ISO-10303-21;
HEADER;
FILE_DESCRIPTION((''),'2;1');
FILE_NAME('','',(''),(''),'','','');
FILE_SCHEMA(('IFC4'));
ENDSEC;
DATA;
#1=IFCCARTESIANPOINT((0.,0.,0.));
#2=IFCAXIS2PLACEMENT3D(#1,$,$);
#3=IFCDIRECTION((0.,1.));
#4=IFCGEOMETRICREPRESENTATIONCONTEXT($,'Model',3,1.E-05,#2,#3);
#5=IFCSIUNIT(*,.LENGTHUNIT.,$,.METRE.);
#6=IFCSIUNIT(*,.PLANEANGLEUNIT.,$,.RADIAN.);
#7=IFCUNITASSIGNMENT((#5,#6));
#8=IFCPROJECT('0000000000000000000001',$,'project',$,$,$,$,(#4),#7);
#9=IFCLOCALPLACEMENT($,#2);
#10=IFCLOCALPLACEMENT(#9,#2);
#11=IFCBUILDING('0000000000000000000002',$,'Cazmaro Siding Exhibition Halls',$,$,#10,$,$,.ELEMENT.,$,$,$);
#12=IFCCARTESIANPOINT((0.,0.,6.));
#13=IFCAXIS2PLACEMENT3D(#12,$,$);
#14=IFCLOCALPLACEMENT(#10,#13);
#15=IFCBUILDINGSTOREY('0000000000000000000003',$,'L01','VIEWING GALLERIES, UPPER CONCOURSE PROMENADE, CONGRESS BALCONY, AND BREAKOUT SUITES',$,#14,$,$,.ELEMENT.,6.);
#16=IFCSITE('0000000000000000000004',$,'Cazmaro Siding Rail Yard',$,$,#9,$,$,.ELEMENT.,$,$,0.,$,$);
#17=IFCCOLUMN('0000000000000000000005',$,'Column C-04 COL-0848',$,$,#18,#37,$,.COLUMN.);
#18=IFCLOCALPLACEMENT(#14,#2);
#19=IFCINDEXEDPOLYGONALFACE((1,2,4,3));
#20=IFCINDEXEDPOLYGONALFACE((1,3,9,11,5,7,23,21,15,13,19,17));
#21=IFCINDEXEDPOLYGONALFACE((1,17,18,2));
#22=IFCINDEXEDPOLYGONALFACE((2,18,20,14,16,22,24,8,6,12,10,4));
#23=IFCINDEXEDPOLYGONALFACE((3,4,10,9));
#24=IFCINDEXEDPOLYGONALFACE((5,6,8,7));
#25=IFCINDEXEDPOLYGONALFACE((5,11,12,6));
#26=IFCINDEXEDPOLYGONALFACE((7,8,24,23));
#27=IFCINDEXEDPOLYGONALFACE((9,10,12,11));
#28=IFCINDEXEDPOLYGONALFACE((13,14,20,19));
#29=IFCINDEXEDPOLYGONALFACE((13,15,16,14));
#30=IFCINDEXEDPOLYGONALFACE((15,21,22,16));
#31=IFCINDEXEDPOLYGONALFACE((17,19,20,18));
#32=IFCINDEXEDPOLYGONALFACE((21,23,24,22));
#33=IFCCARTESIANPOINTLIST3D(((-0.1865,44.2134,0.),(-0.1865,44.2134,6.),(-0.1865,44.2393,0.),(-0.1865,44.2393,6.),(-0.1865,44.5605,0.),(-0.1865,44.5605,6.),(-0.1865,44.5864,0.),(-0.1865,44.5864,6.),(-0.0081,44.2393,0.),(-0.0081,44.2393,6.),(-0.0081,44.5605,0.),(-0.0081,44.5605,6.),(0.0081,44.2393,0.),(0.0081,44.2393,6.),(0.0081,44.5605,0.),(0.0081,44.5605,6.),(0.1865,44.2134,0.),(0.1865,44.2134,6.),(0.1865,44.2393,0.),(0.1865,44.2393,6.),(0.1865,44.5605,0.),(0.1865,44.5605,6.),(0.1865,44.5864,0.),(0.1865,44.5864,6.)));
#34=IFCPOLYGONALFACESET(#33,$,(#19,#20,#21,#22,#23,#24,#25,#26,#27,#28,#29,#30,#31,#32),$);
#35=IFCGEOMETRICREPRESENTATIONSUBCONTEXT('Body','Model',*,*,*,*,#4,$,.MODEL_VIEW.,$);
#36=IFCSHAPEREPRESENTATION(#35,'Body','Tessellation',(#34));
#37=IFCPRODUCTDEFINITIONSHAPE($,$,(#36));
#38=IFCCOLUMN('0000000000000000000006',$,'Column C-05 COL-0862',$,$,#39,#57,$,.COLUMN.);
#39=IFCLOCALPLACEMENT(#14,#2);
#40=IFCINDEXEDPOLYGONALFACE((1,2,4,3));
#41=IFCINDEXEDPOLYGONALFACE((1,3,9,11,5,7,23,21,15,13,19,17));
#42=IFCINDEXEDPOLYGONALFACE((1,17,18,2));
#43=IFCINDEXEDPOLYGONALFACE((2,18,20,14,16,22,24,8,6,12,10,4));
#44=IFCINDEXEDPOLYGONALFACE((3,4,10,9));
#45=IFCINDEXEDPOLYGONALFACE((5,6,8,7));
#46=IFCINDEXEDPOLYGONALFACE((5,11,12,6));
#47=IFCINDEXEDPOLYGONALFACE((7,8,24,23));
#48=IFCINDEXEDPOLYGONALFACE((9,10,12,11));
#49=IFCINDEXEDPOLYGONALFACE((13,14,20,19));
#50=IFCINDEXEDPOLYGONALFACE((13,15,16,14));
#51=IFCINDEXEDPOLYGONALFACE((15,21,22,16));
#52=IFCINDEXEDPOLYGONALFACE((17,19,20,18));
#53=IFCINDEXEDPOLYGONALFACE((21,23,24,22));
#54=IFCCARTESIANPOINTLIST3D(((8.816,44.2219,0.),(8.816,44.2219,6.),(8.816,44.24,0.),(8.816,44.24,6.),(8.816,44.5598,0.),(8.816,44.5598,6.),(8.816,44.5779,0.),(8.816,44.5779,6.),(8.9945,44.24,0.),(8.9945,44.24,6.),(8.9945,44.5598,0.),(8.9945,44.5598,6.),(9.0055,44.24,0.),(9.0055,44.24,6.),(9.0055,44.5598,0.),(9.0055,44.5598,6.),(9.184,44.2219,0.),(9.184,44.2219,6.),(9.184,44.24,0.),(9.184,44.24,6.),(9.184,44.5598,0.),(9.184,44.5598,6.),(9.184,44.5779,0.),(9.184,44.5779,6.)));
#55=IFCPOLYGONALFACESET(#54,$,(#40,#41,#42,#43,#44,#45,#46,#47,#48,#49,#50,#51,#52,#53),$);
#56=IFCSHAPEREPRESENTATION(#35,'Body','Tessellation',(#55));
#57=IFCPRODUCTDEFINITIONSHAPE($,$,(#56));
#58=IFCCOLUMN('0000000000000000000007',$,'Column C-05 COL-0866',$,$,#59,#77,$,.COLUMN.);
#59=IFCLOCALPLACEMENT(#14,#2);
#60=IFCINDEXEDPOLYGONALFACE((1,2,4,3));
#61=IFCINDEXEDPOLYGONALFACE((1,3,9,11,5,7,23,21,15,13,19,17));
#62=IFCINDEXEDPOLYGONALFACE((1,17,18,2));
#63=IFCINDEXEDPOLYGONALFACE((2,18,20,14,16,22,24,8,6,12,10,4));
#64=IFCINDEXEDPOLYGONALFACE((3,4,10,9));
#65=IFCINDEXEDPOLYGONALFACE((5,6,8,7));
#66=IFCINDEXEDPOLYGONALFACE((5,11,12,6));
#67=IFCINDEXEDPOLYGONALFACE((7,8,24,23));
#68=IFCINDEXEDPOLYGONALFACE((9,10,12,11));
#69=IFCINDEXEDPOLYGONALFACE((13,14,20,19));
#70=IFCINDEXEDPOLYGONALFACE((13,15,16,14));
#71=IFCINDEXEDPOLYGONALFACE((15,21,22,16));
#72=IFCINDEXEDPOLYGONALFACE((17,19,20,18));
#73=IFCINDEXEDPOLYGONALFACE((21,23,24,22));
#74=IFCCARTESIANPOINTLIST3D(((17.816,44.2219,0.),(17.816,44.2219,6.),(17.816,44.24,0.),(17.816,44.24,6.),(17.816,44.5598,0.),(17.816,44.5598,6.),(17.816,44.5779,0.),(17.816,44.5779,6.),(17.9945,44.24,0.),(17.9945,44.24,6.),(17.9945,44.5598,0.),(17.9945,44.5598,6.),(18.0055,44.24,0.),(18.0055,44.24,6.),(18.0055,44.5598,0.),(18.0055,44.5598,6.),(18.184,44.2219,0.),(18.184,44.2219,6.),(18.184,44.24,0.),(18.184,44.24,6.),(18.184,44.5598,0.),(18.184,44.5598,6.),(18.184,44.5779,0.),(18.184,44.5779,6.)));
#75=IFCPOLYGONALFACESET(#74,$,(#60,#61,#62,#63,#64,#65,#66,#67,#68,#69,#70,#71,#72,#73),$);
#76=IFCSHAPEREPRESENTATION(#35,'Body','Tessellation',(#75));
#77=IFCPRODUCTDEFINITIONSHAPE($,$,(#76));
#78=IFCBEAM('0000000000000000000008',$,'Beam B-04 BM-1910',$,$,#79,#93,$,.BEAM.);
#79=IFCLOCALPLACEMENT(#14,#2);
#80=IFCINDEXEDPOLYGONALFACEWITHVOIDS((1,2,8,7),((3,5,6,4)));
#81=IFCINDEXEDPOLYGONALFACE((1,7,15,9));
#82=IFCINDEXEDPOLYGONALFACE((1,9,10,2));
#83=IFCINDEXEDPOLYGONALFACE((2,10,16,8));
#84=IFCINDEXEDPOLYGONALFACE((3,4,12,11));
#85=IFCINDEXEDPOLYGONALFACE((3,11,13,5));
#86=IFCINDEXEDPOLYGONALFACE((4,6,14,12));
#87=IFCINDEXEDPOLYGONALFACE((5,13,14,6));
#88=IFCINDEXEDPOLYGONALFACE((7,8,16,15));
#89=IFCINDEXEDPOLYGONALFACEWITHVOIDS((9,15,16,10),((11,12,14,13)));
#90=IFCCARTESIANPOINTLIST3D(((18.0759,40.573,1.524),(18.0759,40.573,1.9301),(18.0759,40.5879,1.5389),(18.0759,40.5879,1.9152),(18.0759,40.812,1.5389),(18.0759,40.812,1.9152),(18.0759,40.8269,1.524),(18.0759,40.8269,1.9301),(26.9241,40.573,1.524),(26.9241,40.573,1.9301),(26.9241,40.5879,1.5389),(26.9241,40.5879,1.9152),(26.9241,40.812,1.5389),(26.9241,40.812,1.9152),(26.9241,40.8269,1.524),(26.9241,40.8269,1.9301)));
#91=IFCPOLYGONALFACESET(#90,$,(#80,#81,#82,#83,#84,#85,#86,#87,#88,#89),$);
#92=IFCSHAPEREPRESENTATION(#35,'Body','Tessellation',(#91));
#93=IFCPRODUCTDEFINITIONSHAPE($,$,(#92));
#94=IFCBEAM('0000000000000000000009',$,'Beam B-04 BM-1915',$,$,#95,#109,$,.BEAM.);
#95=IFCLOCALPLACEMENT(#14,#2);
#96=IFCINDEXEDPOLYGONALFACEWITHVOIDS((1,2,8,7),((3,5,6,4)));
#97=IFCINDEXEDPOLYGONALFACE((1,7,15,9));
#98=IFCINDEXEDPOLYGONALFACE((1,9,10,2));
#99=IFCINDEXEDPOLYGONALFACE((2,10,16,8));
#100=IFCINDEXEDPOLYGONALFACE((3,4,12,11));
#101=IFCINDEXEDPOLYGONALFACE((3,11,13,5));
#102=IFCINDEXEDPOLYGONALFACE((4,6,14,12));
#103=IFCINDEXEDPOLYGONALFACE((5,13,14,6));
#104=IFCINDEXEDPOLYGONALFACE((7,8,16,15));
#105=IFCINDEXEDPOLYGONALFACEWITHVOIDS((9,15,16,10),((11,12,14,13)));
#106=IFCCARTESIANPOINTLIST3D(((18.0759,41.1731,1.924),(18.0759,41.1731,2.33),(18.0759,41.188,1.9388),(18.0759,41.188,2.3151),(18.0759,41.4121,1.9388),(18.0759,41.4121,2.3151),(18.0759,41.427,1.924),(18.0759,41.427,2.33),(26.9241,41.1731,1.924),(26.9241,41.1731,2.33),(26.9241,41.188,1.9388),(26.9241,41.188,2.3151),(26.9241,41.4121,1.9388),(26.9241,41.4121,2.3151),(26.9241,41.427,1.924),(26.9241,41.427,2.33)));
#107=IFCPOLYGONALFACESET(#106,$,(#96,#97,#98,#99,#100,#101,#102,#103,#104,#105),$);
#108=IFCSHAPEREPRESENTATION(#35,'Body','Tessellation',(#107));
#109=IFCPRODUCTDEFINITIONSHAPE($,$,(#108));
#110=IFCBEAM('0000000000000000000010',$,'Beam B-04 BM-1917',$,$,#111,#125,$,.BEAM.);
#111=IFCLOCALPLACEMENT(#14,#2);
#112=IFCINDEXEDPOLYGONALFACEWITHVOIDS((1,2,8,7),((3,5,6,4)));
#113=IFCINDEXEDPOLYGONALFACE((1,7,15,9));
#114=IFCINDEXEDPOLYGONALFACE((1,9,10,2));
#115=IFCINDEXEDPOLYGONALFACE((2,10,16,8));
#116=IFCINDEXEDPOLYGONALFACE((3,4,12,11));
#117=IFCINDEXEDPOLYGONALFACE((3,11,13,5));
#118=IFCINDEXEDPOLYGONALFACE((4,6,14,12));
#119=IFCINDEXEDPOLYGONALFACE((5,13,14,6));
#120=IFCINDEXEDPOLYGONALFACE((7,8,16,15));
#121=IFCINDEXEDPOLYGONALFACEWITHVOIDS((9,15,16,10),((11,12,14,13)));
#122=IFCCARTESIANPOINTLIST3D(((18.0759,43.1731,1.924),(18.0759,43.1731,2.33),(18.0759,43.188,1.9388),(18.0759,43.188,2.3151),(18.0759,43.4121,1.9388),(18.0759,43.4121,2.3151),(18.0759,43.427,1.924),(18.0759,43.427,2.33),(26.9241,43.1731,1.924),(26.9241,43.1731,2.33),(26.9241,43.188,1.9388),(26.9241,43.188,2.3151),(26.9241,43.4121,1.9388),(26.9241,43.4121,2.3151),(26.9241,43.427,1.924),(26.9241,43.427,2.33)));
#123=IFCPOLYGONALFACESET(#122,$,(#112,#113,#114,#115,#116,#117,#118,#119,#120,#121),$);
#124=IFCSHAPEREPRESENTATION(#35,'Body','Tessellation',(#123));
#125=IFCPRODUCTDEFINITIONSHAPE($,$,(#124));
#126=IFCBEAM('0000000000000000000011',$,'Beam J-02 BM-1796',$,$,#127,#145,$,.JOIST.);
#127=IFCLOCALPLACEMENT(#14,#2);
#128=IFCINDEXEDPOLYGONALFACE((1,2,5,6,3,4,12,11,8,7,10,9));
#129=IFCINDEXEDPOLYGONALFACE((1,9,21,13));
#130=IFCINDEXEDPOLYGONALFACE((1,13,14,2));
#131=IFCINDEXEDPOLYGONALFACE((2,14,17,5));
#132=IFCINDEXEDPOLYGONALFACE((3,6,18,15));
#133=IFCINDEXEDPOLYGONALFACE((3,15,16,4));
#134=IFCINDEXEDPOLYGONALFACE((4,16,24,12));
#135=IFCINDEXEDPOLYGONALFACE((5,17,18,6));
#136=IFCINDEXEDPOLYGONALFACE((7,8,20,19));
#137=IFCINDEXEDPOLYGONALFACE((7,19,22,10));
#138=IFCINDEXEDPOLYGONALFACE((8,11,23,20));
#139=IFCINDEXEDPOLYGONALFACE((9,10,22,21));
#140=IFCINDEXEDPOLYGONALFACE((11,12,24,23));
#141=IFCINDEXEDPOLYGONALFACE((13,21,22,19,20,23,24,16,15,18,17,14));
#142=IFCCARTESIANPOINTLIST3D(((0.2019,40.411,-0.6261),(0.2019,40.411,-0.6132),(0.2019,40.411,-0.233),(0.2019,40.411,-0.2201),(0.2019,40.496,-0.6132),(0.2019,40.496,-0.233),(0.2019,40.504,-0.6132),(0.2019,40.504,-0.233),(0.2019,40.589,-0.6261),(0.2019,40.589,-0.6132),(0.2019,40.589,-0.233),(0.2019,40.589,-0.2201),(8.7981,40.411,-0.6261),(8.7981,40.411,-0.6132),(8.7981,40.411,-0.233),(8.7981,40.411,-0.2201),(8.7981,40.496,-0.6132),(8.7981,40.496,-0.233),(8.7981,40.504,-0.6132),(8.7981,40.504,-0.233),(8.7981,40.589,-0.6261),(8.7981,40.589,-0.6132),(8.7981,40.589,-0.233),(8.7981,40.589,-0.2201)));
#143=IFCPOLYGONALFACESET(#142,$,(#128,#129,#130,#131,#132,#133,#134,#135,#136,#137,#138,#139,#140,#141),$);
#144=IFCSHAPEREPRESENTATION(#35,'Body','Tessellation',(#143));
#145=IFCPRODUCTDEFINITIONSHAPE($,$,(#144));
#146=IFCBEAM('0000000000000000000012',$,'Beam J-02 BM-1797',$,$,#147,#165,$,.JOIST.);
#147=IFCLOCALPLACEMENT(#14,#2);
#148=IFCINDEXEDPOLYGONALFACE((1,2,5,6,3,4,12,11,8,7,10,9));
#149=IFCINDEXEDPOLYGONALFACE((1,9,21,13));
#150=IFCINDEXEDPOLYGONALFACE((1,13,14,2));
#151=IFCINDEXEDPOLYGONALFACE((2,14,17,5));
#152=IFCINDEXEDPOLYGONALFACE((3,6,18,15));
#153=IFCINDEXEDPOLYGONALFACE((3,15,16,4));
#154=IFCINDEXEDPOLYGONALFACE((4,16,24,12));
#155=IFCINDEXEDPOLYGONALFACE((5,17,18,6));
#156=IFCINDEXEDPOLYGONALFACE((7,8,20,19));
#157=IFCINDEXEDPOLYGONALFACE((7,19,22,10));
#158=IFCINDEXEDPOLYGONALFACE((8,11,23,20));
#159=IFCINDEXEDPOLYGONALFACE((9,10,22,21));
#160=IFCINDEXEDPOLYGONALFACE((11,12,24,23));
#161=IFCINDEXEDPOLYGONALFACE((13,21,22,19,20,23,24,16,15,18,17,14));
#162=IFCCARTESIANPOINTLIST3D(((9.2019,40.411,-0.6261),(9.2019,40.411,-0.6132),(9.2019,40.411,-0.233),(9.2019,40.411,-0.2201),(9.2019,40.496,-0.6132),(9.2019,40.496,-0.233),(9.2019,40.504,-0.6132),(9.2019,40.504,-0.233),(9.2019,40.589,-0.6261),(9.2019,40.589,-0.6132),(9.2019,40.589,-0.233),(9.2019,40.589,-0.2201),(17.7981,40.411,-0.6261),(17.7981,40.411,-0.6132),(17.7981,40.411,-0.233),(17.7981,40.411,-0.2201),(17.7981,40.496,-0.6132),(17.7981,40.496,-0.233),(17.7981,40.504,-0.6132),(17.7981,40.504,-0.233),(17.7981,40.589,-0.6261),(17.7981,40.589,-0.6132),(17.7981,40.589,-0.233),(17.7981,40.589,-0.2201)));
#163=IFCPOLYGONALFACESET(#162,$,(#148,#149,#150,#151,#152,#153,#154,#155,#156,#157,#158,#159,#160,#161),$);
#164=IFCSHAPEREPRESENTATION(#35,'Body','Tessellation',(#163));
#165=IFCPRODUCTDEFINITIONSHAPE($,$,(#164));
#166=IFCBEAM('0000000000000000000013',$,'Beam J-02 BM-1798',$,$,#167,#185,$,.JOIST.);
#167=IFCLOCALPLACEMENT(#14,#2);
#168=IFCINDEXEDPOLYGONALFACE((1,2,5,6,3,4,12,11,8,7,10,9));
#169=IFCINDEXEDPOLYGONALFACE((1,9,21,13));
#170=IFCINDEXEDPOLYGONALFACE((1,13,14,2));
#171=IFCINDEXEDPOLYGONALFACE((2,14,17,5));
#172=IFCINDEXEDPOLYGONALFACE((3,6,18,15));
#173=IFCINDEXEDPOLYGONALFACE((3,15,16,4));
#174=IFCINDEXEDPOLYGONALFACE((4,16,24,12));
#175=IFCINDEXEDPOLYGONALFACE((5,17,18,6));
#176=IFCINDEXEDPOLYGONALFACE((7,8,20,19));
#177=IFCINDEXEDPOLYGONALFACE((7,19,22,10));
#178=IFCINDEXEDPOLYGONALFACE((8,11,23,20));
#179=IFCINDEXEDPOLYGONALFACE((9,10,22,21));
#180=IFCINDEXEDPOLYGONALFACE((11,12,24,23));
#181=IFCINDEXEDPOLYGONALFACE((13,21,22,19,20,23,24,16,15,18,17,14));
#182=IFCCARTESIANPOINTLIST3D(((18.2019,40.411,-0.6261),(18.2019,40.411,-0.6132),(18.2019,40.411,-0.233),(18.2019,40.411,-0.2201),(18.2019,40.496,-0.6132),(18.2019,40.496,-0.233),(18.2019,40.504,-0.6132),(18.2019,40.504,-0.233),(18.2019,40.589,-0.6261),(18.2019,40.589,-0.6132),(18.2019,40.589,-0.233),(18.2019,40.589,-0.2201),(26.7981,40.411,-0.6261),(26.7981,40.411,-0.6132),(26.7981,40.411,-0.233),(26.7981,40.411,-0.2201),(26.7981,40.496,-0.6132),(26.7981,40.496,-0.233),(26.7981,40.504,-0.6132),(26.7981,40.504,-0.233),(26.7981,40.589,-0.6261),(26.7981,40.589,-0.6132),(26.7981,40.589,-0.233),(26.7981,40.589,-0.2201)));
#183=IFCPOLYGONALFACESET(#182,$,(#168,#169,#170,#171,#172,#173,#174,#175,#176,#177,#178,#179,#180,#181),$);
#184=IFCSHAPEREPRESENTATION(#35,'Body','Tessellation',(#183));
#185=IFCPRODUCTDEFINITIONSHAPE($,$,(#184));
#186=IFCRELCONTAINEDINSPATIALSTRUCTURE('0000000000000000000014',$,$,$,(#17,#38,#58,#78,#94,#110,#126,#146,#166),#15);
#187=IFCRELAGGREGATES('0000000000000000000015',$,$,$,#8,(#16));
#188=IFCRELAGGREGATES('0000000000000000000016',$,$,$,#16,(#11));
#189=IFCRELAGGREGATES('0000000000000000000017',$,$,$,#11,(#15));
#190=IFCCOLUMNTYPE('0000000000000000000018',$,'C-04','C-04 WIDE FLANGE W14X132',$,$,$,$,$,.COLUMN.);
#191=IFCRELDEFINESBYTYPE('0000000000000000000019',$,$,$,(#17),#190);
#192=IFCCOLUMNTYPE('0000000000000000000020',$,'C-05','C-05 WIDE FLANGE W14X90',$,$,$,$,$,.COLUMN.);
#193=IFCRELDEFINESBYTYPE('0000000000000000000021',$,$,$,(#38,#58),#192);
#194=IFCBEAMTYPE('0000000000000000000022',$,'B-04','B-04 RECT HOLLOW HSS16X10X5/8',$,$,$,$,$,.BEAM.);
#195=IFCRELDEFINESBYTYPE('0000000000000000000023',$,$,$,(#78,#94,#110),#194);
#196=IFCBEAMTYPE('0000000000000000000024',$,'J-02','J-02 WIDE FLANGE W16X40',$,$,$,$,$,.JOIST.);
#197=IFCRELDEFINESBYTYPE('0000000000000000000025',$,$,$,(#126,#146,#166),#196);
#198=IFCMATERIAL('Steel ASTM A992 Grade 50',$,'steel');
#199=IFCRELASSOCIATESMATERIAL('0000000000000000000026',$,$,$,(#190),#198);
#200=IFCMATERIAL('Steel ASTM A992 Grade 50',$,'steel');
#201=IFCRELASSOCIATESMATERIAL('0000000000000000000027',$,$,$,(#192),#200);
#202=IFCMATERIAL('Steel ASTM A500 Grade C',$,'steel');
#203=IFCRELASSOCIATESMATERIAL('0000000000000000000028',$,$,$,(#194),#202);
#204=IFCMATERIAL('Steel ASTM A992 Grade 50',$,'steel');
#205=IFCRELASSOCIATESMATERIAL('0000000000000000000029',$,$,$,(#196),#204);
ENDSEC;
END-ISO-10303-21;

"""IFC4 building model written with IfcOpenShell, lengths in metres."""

from ifc_helpers import new_model, si_unit, direction, frame, origin, origin_2d, place, context, subcontext, project, spatial, hollow_rectangle, i_section, extrude, material, material_profile, profile_set, type_object, element, save


model = new_model("IFC4")

# Units and contexts
model_context = context("Model", 3, precision=1e-05, world=origin(), true_north=direction((0.0, 1.0)))
body_context = subcontext(model_context, "Body", "Model", "MODEL_VIEW")
ifc_project = project(units=[si_unit("LENGTHUNIT", "METRE"), si_unit("PLANEANGLEUNIT", "RADIAN")], contexts=[model_context])

# Site, building, storey
site_placement = place(None, origin())
site = spatial("IfcSite", under=ifc_project, at=site_placement, Name="Cazmaro Siding Rail Yard", CompositionType="ELEMENT", RefElevation=0.0)
building_placement = place(site_placement, origin())
building = spatial("IfcBuilding", under=site, at=building_placement, Name="Cazmaro Siding Exhibition Halls", CompositionType="ELEMENT")
storey_placement = place(building_placement, frame((0.0, 0.0, 6.0)))
storey = spatial("IfcBuildingStorey", under=building, at=storey_placement, Name="L01", Description="VIEWING GALLERIES, UPPER CONCOURSE PROMENADE, CONGRESS BALCONY, AND BREAKOUT SUITES", CompositionType="ELEMENT", Elevation=6.0)

# Columns
ifc_material_1 = material(Name="Steel ASTM A992 Grade 50", Category="steel")
ifc_material_profile_1 = material_profile(ifc_material_1, i_section(OverallWidth=0.373, OverallDepth=0.373, WebThickness=0.0161, FlangeThickness=0.0259, at=origin_2d()), Name="W14X132")
ifc_profile_set_1 = profile_set([ifc_material_profile_1], Name="Steel ASTM A992 Grade 50")
column_type_1 = type_object("IfcColumnType", Name="C-04", Description="C-04 WIDE FLANGE W14X132", PredefinedType="COLUMN", material=ifc_profile_set_1)
column_placement = place(storey_placement, frame((0.0, 44.3999, 0.0), z_axis=(0.0, 0.0, 1.0), x_axis=(1.0, 0.0, 0.0)))
element("IfcColumn", 1, at=column_placement, inside=storey, type_object=column_type_1, Name="Column C-04 COL-0848", PredefinedType="COLUMN", context=body_context, shape_type="SweptSolid", body=[
    extrude(i_section(OverallWidth=0.373, OverallDepth=0.373, WebThickness=0.0161, FlangeThickness=0.0259, at=origin_2d()), origin(), (0.0, 0.0, 1.0), 6.0),
])
ifc_material_2 = material(Name="Steel ASTM A992 Grade 50", Category="steel")
ifc_material_profile_2 = material_profile(ifc_material_2, i_section(OverallWidth=0.3679, OverallDepth=0.356, WebThickness=0.011, FlangeThickness=0.0181, at=origin_2d()), Name="W14X90")
ifc_profile_set_2 = profile_set([ifc_material_profile_2], Name="Steel ASTM A992 Grade 50")
column_type_2 = type_object("IfcColumnType", Name="C-05", Description="C-05 WIDE FLANGE W14X90", PredefinedType="COLUMN", material=ifc_profile_set_2)
for number, where, z_axis, x_axis, name in (
    (2, (9.0, 44.3999, 0.0), (0.0, 0.0, 1.0), (1.0, 0.0, 0.0), "Column C-05 COL-0862"),
    (3, (18.0, 44.3999, 0.0), (0.0, 0.0, 1.0), (1.0, 0.0, 0.0), "Column C-05 COL-0866"),
):
    element("IfcColumn", number, at=place(storey_placement, frame(where, z_axis=z_axis, x_axis=x_axis)), inside=storey, type_object=column_type_2, Name=name, PredefinedType="COLUMN", context=body_context, shape_type="SweptSolid", body=[
        extrude(i_section(OverallWidth=0.3679, OverallDepth=0.356, WebThickness=0.011, FlangeThickness=0.0181, at=origin_2d()), origin(), (0.0, 0.0, 1.0), 6.0),
    ])

# Beams
ifc_material_3 = material(Name="Steel ASTM A500 Grade C", Category="steel")
ifc_material_profile_3 = material_profile(ifc_material_3, hollow_rectangle(XDim=0.2539, YDim=0.406, WallThickness=0.0149, at=origin_2d()), Name="HSS16X10X5/8")
ifc_profile_set_3 = profile_set([ifc_material_profile_3], Name="Steel ASTM A500 Grade C")
beam_type_1 = type_object("IfcBeamType", Name="B-04", Description="B-04 RECT HOLLOW HSS16X10X5/8", PredefinedType="BEAM", material=ifc_profile_set_3)
for number, where, z_axis, x_axis, name in (
    (4, (18.0759, 40.7, 1.7271), (1.0, 0.0, 0.0), (0.0, 1.0, 0.0), "Beam B-04 BM-1910"),
    (5, (18.0759, 41.3, 2.127), (1.0, 0.0, 0.0), (0.0, 1.0, 0.0), "Beam B-04 BM-1915"),
    (6, (18.0759, 43.3, 2.127), (1.0, 0.0, 0.0), (0.0, 1.0, 0.0), "Beam B-04 BM-1917"),
):
    element("IfcBeam", number, at=place(storey_placement, frame(where, z_axis=z_axis, x_axis=x_axis)), inside=storey, type_object=beam_type_1, Name=name, PredefinedType="BEAM", context=body_context, shape_type="SweptSolid", body=[
        extrude(hollow_rectangle(XDim=0.2539, YDim=0.406, WallThickness=0.0149, at=origin_2d()), origin(), (0.0, 0.0, 1.0), 8.8481),
    ])
ifc_material_4 = material(Name="Steel ASTM A992 Grade 50", Category="steel")
ifc_material_profile_4 = material_profile(ifc_material_4, i_section(OverallWidth=0.178, OverallDepth=0.406, WebThickness=0.0081, FlangeThickness=0.0129, at=origin_2d()), Name="W16X40")
ifc_profile_set_4 = profile_set([ifc_material_profile_4], Name="Steel ASTM A992 Grade 50")
beam_type_2 = type_object("IfcBeamType", Name="J-02", Description="J-02 WIDE FLANGE W16X40", PredefinedType="JOIST", material=ifc_profile_set_4)
for number, where, z_axis, x_axis, name in (
    (7, (0.2019, 40.5, -0.4231), (1.0, 0.0, 0.0), (0.0, 1.0, 0.0), "Beam J-02 BM-1796"),
    (8, (9.2019, 40.5, -0.4231), (1.0, 0.0, 0.0), (0.0, 1.0, 0.0), "Beam J-02 BM-1797"),
    (9, (18.2019, 40.5, -0.4231), (1.0, 0.0, 0.0), (0.0, 1.0, 0.0), "Beam J-02 BM-1798"),
):
    element("IfcBeam", number, at=place(storey_placement, frame(where, z_axis=z_axis, x_axis=x_axis)), inside=storey, type_object=beam_type_2, Name=name, PredefinedType="JOIST", context=body_context, shape_type="SweptSolid", body=[
        extrude(i_section(OverallWidth=0.178, OverallDepth=0.406, WebThickness=0.0081, FlangeThickness=0.0129, at=origin_2d()), origin(), (0.0, 0.0, 1.0), 8.5962),
    ])

save(model, "model.ifc")
